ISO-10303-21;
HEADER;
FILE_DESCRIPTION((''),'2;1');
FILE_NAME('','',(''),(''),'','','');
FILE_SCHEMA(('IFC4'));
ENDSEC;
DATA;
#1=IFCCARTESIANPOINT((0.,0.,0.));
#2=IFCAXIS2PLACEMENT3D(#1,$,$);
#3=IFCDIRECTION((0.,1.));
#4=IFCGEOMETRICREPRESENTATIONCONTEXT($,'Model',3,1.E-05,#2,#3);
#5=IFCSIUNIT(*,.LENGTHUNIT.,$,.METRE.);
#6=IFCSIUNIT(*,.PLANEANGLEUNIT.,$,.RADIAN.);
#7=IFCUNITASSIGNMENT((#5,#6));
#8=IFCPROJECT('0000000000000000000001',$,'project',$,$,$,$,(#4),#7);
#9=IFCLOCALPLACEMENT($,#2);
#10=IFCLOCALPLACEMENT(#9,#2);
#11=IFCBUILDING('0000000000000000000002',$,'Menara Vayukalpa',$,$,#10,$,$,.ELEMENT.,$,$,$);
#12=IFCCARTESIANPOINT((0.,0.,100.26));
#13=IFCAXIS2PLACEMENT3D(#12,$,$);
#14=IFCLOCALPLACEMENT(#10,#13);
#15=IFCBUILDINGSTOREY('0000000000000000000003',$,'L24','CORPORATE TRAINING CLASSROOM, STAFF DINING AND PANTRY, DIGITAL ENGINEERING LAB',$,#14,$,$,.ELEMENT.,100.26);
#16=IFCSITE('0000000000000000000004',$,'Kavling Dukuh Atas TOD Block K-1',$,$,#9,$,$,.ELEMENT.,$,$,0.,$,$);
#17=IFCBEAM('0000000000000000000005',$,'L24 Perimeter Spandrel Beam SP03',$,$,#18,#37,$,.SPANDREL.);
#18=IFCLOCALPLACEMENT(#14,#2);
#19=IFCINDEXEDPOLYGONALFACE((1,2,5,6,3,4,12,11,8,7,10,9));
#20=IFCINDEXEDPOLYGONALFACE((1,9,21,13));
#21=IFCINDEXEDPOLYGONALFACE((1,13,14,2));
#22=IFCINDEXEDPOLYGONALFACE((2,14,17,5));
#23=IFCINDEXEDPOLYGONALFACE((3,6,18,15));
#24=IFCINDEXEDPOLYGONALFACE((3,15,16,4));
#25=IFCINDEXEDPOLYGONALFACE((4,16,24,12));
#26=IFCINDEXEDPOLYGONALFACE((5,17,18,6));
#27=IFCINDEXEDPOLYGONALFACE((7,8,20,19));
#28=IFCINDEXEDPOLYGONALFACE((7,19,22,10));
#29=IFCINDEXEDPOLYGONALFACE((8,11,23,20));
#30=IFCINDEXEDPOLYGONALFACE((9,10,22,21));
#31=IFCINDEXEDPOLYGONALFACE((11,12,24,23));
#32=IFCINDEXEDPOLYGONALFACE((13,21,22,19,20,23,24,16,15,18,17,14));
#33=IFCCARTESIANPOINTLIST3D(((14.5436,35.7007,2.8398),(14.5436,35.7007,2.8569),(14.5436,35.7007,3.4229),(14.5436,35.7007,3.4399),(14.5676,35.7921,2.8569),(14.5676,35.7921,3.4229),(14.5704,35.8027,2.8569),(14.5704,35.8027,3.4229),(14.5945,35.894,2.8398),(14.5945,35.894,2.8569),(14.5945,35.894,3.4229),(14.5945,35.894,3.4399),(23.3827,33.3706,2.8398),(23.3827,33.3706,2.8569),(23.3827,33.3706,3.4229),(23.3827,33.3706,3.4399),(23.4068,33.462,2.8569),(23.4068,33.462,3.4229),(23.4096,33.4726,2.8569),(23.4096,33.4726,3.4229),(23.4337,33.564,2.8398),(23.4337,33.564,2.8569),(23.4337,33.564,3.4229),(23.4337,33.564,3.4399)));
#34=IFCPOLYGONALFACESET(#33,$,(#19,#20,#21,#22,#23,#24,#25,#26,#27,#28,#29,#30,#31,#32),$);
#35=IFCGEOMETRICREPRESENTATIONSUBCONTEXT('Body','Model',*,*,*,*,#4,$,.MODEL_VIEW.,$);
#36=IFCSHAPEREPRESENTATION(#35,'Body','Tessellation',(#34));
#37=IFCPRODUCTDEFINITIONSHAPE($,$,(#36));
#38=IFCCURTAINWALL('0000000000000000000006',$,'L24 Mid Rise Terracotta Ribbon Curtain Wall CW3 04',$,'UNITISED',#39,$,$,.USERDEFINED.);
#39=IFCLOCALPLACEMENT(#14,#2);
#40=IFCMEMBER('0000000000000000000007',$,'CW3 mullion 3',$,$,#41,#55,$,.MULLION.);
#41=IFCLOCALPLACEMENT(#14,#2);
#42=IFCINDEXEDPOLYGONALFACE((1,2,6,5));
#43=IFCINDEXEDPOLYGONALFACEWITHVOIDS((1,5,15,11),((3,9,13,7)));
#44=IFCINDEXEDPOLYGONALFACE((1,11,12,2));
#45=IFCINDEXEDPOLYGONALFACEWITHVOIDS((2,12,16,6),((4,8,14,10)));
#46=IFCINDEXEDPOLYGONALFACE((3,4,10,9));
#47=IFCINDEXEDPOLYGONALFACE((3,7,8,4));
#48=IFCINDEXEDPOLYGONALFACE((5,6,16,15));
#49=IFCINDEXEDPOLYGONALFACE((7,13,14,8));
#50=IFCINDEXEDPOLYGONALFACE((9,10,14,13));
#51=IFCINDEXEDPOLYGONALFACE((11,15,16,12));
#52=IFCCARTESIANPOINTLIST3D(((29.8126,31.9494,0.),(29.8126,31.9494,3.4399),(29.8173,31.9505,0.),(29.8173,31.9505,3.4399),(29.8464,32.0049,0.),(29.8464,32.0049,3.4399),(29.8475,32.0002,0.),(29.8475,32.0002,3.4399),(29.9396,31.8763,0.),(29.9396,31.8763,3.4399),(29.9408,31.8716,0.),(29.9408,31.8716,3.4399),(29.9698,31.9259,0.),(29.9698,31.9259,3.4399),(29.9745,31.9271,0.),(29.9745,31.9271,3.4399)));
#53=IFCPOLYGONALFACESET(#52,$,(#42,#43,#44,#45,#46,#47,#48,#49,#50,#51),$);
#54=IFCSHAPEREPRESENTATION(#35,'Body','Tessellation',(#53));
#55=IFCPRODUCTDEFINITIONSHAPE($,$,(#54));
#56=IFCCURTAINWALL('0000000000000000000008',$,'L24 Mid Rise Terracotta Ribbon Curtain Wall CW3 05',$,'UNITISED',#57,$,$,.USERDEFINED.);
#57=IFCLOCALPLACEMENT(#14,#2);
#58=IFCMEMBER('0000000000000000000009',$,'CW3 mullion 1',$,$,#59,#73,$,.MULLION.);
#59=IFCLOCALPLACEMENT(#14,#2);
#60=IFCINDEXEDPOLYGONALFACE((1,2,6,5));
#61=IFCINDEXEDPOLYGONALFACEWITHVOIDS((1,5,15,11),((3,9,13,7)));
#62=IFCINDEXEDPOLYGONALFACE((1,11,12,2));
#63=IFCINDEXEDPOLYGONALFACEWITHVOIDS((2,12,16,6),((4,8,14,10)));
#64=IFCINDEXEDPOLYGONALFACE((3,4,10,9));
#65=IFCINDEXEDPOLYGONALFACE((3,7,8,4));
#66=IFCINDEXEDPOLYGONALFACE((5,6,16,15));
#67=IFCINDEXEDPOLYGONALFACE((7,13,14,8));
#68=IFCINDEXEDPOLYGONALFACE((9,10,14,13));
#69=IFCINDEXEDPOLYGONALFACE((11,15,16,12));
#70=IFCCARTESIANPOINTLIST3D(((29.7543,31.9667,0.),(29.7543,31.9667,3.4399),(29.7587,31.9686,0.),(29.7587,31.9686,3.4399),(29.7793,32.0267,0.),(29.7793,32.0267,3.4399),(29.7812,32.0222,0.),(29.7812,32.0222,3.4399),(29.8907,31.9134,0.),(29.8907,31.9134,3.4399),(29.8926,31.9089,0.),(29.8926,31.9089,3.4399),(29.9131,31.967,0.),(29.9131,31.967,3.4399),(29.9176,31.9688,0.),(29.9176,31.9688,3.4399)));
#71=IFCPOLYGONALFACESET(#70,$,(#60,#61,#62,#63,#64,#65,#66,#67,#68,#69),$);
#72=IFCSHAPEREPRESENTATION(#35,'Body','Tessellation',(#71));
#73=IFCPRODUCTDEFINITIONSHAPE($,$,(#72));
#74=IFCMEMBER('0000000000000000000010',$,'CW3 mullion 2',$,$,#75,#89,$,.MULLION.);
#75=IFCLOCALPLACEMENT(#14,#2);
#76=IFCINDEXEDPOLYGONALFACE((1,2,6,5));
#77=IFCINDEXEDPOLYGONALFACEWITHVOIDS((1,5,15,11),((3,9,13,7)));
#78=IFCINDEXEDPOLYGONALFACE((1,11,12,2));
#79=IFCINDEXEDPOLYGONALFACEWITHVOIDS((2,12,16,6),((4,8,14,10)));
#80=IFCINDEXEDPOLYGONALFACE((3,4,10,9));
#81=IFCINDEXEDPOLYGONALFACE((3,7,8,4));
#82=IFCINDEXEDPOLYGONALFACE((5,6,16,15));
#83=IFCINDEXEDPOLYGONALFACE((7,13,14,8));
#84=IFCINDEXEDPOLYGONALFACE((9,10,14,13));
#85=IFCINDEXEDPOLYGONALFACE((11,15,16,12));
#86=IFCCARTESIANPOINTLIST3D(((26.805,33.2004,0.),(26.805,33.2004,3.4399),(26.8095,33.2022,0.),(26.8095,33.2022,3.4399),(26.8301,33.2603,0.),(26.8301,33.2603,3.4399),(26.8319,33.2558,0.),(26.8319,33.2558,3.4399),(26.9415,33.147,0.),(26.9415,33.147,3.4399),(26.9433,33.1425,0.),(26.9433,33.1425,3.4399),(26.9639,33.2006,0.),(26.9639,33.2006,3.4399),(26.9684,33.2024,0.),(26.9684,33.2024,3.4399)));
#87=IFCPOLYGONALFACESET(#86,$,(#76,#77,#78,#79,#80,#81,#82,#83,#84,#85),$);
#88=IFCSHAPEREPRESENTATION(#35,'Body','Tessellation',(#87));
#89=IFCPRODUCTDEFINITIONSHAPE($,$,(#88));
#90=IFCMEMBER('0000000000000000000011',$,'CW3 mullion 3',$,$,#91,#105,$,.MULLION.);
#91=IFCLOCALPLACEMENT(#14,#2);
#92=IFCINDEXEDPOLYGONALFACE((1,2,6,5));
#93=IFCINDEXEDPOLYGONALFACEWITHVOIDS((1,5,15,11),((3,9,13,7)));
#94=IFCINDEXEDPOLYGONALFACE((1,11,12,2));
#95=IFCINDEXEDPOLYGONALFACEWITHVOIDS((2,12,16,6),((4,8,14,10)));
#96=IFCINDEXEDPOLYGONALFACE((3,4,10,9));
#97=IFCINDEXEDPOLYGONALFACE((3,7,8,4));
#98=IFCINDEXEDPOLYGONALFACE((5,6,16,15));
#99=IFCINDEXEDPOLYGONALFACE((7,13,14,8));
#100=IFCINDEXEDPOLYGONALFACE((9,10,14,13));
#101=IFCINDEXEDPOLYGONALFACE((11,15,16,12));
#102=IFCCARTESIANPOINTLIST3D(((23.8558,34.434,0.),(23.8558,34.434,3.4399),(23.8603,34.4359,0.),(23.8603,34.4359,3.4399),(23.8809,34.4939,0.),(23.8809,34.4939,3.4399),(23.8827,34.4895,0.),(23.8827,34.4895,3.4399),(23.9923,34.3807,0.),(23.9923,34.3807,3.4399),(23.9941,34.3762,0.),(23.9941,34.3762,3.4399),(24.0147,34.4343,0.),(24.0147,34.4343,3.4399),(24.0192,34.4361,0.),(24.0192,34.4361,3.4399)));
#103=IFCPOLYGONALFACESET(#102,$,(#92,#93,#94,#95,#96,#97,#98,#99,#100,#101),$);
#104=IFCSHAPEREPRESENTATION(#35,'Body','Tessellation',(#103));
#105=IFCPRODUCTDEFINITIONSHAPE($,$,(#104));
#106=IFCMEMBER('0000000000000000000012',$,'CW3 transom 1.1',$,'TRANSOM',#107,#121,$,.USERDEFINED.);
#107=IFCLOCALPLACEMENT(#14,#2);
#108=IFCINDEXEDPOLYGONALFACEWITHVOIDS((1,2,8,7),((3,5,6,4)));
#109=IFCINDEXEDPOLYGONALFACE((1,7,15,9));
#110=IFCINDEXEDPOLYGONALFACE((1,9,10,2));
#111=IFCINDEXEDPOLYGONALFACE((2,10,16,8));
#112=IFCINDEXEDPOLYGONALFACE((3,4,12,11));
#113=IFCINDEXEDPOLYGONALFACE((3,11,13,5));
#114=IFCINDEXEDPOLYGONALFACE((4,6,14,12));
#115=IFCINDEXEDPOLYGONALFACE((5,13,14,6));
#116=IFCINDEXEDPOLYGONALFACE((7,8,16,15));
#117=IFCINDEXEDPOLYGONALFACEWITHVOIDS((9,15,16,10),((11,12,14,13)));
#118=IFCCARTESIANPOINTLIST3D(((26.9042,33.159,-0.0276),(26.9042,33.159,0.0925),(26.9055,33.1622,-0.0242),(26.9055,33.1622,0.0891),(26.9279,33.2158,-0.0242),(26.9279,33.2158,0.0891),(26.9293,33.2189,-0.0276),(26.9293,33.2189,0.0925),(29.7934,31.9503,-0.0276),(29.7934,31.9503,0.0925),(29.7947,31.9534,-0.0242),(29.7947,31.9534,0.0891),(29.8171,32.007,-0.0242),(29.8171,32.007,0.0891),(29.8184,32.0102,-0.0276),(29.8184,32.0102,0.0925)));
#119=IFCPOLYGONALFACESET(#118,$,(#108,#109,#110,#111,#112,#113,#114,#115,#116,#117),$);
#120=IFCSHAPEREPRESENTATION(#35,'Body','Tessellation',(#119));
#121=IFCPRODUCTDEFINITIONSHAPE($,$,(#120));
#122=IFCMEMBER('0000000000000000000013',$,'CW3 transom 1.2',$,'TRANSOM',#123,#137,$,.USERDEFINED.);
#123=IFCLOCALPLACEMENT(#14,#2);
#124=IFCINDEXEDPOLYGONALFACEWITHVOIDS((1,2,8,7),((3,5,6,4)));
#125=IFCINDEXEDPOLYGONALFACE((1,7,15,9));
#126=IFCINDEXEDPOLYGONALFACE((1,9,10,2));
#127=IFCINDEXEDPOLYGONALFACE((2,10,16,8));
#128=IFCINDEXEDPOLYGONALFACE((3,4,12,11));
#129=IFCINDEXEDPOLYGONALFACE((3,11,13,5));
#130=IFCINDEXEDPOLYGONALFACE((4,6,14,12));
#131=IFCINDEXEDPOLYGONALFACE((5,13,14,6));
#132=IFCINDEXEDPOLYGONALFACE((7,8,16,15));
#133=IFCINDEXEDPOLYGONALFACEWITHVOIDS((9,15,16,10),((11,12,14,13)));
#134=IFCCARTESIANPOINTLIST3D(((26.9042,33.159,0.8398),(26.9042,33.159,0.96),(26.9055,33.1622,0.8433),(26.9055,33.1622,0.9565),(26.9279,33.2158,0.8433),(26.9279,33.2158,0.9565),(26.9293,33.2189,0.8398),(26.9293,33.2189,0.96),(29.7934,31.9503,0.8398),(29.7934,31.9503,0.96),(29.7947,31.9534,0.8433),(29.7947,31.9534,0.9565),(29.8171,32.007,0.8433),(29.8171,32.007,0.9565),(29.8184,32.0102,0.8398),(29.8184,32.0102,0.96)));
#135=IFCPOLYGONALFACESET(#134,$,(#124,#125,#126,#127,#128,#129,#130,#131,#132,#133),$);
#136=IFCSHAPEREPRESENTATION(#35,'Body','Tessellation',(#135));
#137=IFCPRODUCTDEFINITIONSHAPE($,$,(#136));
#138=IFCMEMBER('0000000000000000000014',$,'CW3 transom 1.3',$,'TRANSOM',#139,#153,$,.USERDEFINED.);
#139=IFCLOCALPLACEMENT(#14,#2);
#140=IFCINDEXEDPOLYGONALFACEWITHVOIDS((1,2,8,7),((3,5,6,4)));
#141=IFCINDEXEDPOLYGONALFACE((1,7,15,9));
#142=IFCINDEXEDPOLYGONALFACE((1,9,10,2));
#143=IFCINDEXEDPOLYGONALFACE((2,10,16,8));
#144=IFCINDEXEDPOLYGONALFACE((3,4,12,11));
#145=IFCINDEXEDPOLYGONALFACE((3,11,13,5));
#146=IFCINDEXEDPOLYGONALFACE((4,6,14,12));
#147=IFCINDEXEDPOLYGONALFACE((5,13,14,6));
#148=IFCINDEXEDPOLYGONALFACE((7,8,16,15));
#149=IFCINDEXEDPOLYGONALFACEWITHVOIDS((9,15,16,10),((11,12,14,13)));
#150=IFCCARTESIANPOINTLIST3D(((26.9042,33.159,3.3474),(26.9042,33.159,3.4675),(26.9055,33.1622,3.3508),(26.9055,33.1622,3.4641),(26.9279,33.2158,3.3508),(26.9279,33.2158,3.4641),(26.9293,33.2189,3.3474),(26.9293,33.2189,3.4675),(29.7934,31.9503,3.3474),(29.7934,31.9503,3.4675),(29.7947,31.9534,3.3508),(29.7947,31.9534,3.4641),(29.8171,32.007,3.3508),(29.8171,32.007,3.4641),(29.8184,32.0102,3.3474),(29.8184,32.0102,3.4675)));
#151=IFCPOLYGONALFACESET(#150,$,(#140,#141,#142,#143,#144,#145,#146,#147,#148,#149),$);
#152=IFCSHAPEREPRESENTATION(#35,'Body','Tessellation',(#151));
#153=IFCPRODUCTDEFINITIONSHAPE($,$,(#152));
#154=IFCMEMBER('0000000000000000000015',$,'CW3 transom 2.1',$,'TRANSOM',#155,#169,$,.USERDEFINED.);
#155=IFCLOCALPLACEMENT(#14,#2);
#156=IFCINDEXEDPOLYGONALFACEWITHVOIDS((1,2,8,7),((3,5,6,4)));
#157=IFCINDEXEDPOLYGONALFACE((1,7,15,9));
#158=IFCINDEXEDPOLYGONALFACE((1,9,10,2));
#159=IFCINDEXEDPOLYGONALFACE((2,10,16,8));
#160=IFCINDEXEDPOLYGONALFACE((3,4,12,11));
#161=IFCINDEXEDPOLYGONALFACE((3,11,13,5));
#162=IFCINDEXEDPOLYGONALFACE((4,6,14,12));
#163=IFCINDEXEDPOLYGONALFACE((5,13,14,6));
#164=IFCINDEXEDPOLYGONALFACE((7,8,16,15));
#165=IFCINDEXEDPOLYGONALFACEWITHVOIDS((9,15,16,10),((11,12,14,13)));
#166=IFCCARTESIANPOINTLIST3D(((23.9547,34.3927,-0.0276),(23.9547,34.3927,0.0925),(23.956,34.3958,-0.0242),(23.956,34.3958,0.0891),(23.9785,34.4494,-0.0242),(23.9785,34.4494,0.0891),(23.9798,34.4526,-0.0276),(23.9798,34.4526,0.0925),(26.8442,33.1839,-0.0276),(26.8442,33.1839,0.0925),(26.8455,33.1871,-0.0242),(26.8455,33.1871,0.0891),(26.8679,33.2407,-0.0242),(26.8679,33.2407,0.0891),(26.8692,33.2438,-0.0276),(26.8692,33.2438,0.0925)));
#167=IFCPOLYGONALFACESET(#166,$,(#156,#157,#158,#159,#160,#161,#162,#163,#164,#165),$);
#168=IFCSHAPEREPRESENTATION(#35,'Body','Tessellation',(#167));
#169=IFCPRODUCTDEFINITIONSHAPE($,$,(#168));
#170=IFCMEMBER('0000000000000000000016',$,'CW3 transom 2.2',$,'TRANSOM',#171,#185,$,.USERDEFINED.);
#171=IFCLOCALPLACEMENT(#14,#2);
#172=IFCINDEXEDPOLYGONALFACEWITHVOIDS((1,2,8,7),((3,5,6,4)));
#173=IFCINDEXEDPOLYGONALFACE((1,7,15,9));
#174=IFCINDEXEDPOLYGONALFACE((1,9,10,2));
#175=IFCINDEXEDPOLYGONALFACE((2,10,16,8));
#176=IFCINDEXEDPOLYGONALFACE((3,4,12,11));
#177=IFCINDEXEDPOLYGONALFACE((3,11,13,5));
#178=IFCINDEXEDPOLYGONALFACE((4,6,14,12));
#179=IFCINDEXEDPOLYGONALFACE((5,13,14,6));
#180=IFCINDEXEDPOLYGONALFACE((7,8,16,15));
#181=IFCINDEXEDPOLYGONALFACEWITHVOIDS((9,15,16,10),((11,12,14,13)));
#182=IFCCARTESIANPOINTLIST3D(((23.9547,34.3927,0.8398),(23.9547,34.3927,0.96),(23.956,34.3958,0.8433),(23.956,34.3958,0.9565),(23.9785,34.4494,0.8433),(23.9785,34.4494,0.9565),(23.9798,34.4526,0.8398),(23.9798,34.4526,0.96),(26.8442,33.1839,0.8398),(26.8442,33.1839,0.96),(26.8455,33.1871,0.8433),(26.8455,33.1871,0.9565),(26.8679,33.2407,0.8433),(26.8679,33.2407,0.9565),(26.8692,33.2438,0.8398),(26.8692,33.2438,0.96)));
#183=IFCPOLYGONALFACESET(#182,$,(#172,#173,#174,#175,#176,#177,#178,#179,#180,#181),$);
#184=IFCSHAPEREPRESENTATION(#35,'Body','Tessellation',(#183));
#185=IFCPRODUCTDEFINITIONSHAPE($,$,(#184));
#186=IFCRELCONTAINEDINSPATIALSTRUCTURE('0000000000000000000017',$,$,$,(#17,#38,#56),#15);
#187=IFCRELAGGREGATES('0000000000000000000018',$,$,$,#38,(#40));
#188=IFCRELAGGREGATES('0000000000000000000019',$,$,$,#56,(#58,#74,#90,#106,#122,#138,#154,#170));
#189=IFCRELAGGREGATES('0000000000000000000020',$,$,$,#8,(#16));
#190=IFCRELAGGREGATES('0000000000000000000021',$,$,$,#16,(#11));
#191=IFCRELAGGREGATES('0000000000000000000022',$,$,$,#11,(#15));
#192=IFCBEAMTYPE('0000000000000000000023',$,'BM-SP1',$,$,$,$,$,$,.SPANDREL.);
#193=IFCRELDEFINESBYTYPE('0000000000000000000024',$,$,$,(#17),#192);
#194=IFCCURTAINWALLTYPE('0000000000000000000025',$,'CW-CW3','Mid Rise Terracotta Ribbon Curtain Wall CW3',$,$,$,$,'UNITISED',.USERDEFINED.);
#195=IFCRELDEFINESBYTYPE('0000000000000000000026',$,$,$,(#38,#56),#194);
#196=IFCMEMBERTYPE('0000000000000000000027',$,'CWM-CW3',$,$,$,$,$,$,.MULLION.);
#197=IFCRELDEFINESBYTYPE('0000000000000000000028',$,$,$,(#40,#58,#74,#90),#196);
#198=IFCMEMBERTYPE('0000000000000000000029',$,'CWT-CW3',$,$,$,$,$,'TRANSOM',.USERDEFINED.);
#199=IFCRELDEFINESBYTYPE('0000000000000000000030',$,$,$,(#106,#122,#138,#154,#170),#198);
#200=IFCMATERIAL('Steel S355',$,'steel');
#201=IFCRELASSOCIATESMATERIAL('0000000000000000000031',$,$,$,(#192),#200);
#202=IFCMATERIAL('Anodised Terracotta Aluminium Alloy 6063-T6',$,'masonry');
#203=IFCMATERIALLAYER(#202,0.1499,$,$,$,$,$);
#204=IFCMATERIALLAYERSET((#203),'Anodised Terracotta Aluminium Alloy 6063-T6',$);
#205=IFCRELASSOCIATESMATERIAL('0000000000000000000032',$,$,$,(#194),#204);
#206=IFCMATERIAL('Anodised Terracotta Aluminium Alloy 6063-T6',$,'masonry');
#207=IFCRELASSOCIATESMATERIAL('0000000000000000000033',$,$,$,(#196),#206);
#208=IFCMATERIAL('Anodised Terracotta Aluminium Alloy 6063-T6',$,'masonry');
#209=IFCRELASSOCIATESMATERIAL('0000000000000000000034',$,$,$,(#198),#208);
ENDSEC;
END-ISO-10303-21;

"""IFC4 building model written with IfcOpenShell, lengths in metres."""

from ifc_helpers import new_model, si_unit, direction, frame, origin, origin_2d, place, context, subcontext, project, spatial, hollow_rectangle, i_section, extrude, material, layer, layer_set, material_profile, profile_set, type_object, element, aggregate, save


model = new_model("IFC4")

# Units and contexts
model_context = context("Model", 3, precision=1e-05, world=origin(), true_north=direction((0.0, 1.0)))
body_context = subcontext(model_context, "Body", "Model", "MODEL_VIEW")
ifc_project = project(units=[si_unit("LENGTHUNIT", "METRE"), si_unit("PLANEANGLEUNIT", "RADIAN")], contexts=[model_context])

# Site, building, storey
site_placement = place(None, origin())
site = spatial("IfcSite", under=ifc_project, at=site_placement, Name="Kavling Dukuh Atas TOD Block K-1", CompositionType="ELEMENT", RefElevation=0.0)
building_placement = place(site_placement, origin())
building = spatial("IfcBuilding", under=site, at=building_placement, Name="Menara Vayukalpa", CompositionType="ELEMENT")
storey_placement = place(building_placement, frame((0.0, 0.0, 100.26)))
storey = spatial("IfcBuildingStorey", under=building, at=storey_placement, Name="L24", Description="CORPORATE TRAINING CLASSROOM, STAFF DINING AND PANTRY, DIGITAL ENGINEERING LAB", CompositionType="ELEMENT", Elevation=100.26)

# Beam
ifc_material_1 = material(Name="Steel S355", Category="steel")
ifc_material_profile_1 = material_profile(ifc_material_1, i_section(OverallWidth=0.2, OverallDepth=0.6001, WebThickness=0.011, FlangeThickness=0.0171, at=origin_2d()), Name="WF 600x200x11x17")
ifc_profile_set_1 = profile_set([ifc_material_profile_1], Name="Steel S355")
beam_type = type_object("IfcBeamType", Name="BM-SP1", PredefinedType="SPANDREL", material=ifc_profile_set_1)
beam_placement = place(storey_placement, frame((23.4082, 33.4673, 3.1399), z_axis=(-0.966967, 0.254902, 0.0), x_axis=(-0.254902, -0.966967, 0.0)))
element("IfcBeam", 1, at=beam_placement, inside=storey, type_object=beam_type, Name="L24 Perimeter Spandrel Beam SP03", PredefinedType="SPANDREL", context=body_context, shape_type="SweptSolid", body=[
    extrude(i_section(OverallWidth=0.2, OverallDepth=0.6001, WebThickness=0.011, FlangeThickness=0.0171, at=origin_2d()), origin(), (0.0, 0.0, 1.0), 9.1411),
])

# Curtain wall, member
ifc_material_2 = material(Name="Anodised Terracotta Aluminium Alloy 6063-T6", Category="masonry")
ifc_layer_1 = layer(ifc_material_2, 0.1499)
ifc_layer_set_1 = layer_set([ifc_layer_1], Name="Anodised Terracotta Aluminium Alloy 6063-T6")
curtain_wall_type = type_object("IfcCurtainWallType", Name="CW-CW3", Description="Mid Rise Terracotta Ribbon Curtain Wall CW3", ElementType="UNITISED", PredefinedType="USERDEFINED", material=ifc_layer_set_1)
curtain_wall_1_placement = place(storey_placement, origin())
curtain_wall_1 = element("IfcCurtainWall", 2, at=curtain_wall_1_placement, inside=storey, type_object=curtain_wall_type, Name="L24 Mid Rise Terracotta Ribbon Curtain Wall CW3 04", ObjectType="UNITISED", PredefinedType="USERDEFINED")
ifc_material_3 = material(Name="Anodised Terracotta Aluminium Alloy 6063-T6", Category="masonry")
ifc_material_profile_2 = material_profile(ifc_material_3, hollow_rectangle(XDim=0.0649, YDim=0.1499, WallThickness=0.0034, at=origin_2d()), Name="ALU 65x150x3.5")
ifc_profile_set_2 = profile_set([ifc_material_profile_2], Name="Anodised Terracotta Aluminium Alloy 6063-T6")
member_type_1 = type_object("IfcMemberType", Name="CWM-CW3", PredefinedType="MULLION", material=ifc_profile_set_2)
member_1_placement = place(storey_placement, frame((29.8936, 31.9382, 0.0), z_axis=(0.0, 0.0, 1.0), x_axis=(-0.519183, -0.854663, 0.0)))
member_1 = element("IfcMember", 3, at=member_1_placement, type_object=member_type_1, Name="CW3 mullion 3", PredefinedType="MULLION", context=body_context, shape_type="SweptSolid", body=[
    extrude(hollow_rectangle(XDim=0.0649, YDim=0.1499, WallThickness=0.0034, at=origin_2d()), origin(), (0.0, 0.0, 1.0), 3.4399),
])
aggregate(curtain_wall_1, [member_1])

# Curtain wall, members
curtain_wall_2_placement = place(storey_placement, origin())
curtain_wall_2 = element("IfcCurtainWall", 4, at=curtain_wall_2_placement, inside=storey, type_object=curtain_wall_type, Name="L24 Mid Rise Terracotta Ribbon Curtain Wall CW3 05", ObjectType="UNITISED", PredefinedType="USERDEFINED")
member_2_placement = place(storey_placement, frame((29.8359, 31.9678, 0.0), z_axis=(0.0, 0.0, 1.0), x_axis=(-0.385894, -0.922543, 0.0)))
member_2 = element("IfcMember", 5, at=member_2_placement, type_object=member_type_1, Name="CW3 mullion 1", PredefinedType="MULLION", context=body_context, shape_type="SweptSolid", body=[
    extrude(hollow_rectangle(XDim=0.0649, YDim=0.1499, WallThickness=0.0034, at=origin_2d()), origin(), (0.0, 0.0, 1.0), 3.4399),
])
member_3_placement = place(storey_placement, frame((26.8867, 33.2014, 0.0), z_axis=(0.0, 0.0, 1.0), x_axis=(-0.385894, -0.922543, 0.0)))
member_3 = element("IfcMember", 6, at=member_3_placement, type_object=member_type_1, Name="CW3 mullion 2", PredefinedType="MULLION", context=body_context, shape_type="SweptSolid", body=[
    extrude(hollow_rectangle(XDim=0.0649, YDim=0.1499, WallThickness=0.0034, at=origin_2d()), origin(), (0.0, 0.0, 1.0), 3.4399),
])
member_4_placement = place(storey_placement, frame((23.9375, 34.4351, 0.0), z_axis=(0.0, 0.0, 1.0), x_axis=(-0.385894, -0.922543, 0.0)))
member_4 = element("IfcMember", 7, at=member_4_placement, type_object=member_type_1, Name="CW3 mullion 3", PredefinedType="MULLION", context=body_context, shape_type="SweptSolid", body=[
    extrude(hollow_rectangle(XDim=0.0649, YDim=0.1499, WallThickness=0.0034, at=origin_2d()), origin(), (0.0, 0.0, 1.0), 3.4399),
])
ifc_material_4 = material(Name="Anodised Terracotta Aluminium Alloy 6063-T6", Category="masonry")
ifc_material_profile_3 = material_profile(ifc_material_4, hollow_rectangle(XDim=0.0649, YDim=0.1201, WallThickness=0.0034, at=origin_2d()), Name="ALU 65x120x3.5")
ifc_profile_set_3 = profile_set([ifc_material_profile_3], Name="Anodised Terracotta Aluminium Alloy 6063-T6")
member_type_2 = type_object("IfcMemberType", Name="CWT-CW3", ElementType="TRANSOM", PredefinedType="USERDEFINED", material=ifc_profile_set_3)
member_5_placement = place(storey_placement, frame((29.8059, 31.9802, 0.0325), z_axis=(-0.922518, 0.385955, 0.0), x_axis=(-0.385955, -0.922518, 0.0)))
member_5 = element("IfcMember", 8, at=member_5_placement, type_object=member_type_2, Name="CW3 transom 1.1", ObjectType="TRANSOM", PredefinedType="USERDEFINED", context=body_context, shape_type="SweptSolid", body=[
    extrude(hollow_rectangle(XDim=0.0649, YDim=0.1201, WallThickness=0.0034, at=origin_2d()), origin(), (0.0, 0.0, 1.0), 3.1318),
])
member_6_placement = place(storey_placement, frame((29.8059, 31.9802, 0.8999), z_axis=(-0.922518, 0.385955, 0.0), x_axis=(-0.385955, -0.922518, 0.0)))
member_6 = element("IfcMember", 9, at=member_6_placement, type_object=member_type_2, Name="CW3 transom 1.2", ObjectType="TRANSOM", PredefinedType="USERDEFINED", context=body_context, shape_type="SweptSolid", body=[
    extrude(hollow_rectangle(XDim=0.0649, YDim=0.1201, WallThickness=0.0034, at=origin_2d()), origin(), (0.0, 0.0, 1.0), 3.1318),
])
member_7_placement = place(storey_placement, frame((29.8059, 31.9802, 3.4075), z_axis=(-0.922518, 0.385955, 0.0), x_axis=(-0.385955, -0.922518, 0.0)))
member_7 = element("IfcMember", 10, at=member_7_placement, type_object=member_type_2, Name="CW3 transom 1.3", ObjectType="TRANSOM", PredefinedType="USERDEFINED", context=body_context, shape_type="SweptSolid", body=[
    extrude(hollow_rectangle(XDim=0.0649, YDim=0.1201, WallThickness=0.0034, at=origin_2d()), origin(), (0.0, 0.0, 1.0), 3.1318),
])
member_8_placement = place(storey_placement, frame((26.8567, 33.2139, 0.0325), z_axis=(-0.922529, 0.385927, 0.0), x_axis=(-0.385927, -0.922529, 0.0)))
member_8 = element("IfcMember", 11, at=member_8_placement, type_object=member_type_2, Name="CW3 transom 2.1", ObjectType="TRANSOM", PredefinedType="USERDEFINED", context=body_context, shape_type="SweptSolid", body=[
    extrude(hollow_rectangle(XDim=0.0649, YDim=0.1201, WallThickness=0.0034, at=origin_2d()), origin(), (0.0, 0.0, 1.0), 3.1321),
])
member_9_placement = place(storey_placement, frame((26.8567, 33.2139, 0.8999), z_axis=(-0.922529, 0.385927, 0.0), x_axis=(-0.385927, -0.922529, 0.0)))
member_9 = element("IfcMember", 12, at=member_9_placement, type_object=member_type_2, Name="CW3 transom 2.2", ObjectType="TRANSOM", PredefinedType="USERDEFINED", context=body_context, shape_type="SweptSolid", body=[
    extrude(hollow_rectangle(XDim=0.0649, YDim=0.1201, WallThickness=0.0034, at=origin_2d()), origin(), (0.0, 0.0, 1.0), 3.1321),
])
aggregate(curtain_wall_2, [member_2, member_3, member_4, member_5, member_6, member_7, member_8, member_9])

save(model, "model.ifc")
